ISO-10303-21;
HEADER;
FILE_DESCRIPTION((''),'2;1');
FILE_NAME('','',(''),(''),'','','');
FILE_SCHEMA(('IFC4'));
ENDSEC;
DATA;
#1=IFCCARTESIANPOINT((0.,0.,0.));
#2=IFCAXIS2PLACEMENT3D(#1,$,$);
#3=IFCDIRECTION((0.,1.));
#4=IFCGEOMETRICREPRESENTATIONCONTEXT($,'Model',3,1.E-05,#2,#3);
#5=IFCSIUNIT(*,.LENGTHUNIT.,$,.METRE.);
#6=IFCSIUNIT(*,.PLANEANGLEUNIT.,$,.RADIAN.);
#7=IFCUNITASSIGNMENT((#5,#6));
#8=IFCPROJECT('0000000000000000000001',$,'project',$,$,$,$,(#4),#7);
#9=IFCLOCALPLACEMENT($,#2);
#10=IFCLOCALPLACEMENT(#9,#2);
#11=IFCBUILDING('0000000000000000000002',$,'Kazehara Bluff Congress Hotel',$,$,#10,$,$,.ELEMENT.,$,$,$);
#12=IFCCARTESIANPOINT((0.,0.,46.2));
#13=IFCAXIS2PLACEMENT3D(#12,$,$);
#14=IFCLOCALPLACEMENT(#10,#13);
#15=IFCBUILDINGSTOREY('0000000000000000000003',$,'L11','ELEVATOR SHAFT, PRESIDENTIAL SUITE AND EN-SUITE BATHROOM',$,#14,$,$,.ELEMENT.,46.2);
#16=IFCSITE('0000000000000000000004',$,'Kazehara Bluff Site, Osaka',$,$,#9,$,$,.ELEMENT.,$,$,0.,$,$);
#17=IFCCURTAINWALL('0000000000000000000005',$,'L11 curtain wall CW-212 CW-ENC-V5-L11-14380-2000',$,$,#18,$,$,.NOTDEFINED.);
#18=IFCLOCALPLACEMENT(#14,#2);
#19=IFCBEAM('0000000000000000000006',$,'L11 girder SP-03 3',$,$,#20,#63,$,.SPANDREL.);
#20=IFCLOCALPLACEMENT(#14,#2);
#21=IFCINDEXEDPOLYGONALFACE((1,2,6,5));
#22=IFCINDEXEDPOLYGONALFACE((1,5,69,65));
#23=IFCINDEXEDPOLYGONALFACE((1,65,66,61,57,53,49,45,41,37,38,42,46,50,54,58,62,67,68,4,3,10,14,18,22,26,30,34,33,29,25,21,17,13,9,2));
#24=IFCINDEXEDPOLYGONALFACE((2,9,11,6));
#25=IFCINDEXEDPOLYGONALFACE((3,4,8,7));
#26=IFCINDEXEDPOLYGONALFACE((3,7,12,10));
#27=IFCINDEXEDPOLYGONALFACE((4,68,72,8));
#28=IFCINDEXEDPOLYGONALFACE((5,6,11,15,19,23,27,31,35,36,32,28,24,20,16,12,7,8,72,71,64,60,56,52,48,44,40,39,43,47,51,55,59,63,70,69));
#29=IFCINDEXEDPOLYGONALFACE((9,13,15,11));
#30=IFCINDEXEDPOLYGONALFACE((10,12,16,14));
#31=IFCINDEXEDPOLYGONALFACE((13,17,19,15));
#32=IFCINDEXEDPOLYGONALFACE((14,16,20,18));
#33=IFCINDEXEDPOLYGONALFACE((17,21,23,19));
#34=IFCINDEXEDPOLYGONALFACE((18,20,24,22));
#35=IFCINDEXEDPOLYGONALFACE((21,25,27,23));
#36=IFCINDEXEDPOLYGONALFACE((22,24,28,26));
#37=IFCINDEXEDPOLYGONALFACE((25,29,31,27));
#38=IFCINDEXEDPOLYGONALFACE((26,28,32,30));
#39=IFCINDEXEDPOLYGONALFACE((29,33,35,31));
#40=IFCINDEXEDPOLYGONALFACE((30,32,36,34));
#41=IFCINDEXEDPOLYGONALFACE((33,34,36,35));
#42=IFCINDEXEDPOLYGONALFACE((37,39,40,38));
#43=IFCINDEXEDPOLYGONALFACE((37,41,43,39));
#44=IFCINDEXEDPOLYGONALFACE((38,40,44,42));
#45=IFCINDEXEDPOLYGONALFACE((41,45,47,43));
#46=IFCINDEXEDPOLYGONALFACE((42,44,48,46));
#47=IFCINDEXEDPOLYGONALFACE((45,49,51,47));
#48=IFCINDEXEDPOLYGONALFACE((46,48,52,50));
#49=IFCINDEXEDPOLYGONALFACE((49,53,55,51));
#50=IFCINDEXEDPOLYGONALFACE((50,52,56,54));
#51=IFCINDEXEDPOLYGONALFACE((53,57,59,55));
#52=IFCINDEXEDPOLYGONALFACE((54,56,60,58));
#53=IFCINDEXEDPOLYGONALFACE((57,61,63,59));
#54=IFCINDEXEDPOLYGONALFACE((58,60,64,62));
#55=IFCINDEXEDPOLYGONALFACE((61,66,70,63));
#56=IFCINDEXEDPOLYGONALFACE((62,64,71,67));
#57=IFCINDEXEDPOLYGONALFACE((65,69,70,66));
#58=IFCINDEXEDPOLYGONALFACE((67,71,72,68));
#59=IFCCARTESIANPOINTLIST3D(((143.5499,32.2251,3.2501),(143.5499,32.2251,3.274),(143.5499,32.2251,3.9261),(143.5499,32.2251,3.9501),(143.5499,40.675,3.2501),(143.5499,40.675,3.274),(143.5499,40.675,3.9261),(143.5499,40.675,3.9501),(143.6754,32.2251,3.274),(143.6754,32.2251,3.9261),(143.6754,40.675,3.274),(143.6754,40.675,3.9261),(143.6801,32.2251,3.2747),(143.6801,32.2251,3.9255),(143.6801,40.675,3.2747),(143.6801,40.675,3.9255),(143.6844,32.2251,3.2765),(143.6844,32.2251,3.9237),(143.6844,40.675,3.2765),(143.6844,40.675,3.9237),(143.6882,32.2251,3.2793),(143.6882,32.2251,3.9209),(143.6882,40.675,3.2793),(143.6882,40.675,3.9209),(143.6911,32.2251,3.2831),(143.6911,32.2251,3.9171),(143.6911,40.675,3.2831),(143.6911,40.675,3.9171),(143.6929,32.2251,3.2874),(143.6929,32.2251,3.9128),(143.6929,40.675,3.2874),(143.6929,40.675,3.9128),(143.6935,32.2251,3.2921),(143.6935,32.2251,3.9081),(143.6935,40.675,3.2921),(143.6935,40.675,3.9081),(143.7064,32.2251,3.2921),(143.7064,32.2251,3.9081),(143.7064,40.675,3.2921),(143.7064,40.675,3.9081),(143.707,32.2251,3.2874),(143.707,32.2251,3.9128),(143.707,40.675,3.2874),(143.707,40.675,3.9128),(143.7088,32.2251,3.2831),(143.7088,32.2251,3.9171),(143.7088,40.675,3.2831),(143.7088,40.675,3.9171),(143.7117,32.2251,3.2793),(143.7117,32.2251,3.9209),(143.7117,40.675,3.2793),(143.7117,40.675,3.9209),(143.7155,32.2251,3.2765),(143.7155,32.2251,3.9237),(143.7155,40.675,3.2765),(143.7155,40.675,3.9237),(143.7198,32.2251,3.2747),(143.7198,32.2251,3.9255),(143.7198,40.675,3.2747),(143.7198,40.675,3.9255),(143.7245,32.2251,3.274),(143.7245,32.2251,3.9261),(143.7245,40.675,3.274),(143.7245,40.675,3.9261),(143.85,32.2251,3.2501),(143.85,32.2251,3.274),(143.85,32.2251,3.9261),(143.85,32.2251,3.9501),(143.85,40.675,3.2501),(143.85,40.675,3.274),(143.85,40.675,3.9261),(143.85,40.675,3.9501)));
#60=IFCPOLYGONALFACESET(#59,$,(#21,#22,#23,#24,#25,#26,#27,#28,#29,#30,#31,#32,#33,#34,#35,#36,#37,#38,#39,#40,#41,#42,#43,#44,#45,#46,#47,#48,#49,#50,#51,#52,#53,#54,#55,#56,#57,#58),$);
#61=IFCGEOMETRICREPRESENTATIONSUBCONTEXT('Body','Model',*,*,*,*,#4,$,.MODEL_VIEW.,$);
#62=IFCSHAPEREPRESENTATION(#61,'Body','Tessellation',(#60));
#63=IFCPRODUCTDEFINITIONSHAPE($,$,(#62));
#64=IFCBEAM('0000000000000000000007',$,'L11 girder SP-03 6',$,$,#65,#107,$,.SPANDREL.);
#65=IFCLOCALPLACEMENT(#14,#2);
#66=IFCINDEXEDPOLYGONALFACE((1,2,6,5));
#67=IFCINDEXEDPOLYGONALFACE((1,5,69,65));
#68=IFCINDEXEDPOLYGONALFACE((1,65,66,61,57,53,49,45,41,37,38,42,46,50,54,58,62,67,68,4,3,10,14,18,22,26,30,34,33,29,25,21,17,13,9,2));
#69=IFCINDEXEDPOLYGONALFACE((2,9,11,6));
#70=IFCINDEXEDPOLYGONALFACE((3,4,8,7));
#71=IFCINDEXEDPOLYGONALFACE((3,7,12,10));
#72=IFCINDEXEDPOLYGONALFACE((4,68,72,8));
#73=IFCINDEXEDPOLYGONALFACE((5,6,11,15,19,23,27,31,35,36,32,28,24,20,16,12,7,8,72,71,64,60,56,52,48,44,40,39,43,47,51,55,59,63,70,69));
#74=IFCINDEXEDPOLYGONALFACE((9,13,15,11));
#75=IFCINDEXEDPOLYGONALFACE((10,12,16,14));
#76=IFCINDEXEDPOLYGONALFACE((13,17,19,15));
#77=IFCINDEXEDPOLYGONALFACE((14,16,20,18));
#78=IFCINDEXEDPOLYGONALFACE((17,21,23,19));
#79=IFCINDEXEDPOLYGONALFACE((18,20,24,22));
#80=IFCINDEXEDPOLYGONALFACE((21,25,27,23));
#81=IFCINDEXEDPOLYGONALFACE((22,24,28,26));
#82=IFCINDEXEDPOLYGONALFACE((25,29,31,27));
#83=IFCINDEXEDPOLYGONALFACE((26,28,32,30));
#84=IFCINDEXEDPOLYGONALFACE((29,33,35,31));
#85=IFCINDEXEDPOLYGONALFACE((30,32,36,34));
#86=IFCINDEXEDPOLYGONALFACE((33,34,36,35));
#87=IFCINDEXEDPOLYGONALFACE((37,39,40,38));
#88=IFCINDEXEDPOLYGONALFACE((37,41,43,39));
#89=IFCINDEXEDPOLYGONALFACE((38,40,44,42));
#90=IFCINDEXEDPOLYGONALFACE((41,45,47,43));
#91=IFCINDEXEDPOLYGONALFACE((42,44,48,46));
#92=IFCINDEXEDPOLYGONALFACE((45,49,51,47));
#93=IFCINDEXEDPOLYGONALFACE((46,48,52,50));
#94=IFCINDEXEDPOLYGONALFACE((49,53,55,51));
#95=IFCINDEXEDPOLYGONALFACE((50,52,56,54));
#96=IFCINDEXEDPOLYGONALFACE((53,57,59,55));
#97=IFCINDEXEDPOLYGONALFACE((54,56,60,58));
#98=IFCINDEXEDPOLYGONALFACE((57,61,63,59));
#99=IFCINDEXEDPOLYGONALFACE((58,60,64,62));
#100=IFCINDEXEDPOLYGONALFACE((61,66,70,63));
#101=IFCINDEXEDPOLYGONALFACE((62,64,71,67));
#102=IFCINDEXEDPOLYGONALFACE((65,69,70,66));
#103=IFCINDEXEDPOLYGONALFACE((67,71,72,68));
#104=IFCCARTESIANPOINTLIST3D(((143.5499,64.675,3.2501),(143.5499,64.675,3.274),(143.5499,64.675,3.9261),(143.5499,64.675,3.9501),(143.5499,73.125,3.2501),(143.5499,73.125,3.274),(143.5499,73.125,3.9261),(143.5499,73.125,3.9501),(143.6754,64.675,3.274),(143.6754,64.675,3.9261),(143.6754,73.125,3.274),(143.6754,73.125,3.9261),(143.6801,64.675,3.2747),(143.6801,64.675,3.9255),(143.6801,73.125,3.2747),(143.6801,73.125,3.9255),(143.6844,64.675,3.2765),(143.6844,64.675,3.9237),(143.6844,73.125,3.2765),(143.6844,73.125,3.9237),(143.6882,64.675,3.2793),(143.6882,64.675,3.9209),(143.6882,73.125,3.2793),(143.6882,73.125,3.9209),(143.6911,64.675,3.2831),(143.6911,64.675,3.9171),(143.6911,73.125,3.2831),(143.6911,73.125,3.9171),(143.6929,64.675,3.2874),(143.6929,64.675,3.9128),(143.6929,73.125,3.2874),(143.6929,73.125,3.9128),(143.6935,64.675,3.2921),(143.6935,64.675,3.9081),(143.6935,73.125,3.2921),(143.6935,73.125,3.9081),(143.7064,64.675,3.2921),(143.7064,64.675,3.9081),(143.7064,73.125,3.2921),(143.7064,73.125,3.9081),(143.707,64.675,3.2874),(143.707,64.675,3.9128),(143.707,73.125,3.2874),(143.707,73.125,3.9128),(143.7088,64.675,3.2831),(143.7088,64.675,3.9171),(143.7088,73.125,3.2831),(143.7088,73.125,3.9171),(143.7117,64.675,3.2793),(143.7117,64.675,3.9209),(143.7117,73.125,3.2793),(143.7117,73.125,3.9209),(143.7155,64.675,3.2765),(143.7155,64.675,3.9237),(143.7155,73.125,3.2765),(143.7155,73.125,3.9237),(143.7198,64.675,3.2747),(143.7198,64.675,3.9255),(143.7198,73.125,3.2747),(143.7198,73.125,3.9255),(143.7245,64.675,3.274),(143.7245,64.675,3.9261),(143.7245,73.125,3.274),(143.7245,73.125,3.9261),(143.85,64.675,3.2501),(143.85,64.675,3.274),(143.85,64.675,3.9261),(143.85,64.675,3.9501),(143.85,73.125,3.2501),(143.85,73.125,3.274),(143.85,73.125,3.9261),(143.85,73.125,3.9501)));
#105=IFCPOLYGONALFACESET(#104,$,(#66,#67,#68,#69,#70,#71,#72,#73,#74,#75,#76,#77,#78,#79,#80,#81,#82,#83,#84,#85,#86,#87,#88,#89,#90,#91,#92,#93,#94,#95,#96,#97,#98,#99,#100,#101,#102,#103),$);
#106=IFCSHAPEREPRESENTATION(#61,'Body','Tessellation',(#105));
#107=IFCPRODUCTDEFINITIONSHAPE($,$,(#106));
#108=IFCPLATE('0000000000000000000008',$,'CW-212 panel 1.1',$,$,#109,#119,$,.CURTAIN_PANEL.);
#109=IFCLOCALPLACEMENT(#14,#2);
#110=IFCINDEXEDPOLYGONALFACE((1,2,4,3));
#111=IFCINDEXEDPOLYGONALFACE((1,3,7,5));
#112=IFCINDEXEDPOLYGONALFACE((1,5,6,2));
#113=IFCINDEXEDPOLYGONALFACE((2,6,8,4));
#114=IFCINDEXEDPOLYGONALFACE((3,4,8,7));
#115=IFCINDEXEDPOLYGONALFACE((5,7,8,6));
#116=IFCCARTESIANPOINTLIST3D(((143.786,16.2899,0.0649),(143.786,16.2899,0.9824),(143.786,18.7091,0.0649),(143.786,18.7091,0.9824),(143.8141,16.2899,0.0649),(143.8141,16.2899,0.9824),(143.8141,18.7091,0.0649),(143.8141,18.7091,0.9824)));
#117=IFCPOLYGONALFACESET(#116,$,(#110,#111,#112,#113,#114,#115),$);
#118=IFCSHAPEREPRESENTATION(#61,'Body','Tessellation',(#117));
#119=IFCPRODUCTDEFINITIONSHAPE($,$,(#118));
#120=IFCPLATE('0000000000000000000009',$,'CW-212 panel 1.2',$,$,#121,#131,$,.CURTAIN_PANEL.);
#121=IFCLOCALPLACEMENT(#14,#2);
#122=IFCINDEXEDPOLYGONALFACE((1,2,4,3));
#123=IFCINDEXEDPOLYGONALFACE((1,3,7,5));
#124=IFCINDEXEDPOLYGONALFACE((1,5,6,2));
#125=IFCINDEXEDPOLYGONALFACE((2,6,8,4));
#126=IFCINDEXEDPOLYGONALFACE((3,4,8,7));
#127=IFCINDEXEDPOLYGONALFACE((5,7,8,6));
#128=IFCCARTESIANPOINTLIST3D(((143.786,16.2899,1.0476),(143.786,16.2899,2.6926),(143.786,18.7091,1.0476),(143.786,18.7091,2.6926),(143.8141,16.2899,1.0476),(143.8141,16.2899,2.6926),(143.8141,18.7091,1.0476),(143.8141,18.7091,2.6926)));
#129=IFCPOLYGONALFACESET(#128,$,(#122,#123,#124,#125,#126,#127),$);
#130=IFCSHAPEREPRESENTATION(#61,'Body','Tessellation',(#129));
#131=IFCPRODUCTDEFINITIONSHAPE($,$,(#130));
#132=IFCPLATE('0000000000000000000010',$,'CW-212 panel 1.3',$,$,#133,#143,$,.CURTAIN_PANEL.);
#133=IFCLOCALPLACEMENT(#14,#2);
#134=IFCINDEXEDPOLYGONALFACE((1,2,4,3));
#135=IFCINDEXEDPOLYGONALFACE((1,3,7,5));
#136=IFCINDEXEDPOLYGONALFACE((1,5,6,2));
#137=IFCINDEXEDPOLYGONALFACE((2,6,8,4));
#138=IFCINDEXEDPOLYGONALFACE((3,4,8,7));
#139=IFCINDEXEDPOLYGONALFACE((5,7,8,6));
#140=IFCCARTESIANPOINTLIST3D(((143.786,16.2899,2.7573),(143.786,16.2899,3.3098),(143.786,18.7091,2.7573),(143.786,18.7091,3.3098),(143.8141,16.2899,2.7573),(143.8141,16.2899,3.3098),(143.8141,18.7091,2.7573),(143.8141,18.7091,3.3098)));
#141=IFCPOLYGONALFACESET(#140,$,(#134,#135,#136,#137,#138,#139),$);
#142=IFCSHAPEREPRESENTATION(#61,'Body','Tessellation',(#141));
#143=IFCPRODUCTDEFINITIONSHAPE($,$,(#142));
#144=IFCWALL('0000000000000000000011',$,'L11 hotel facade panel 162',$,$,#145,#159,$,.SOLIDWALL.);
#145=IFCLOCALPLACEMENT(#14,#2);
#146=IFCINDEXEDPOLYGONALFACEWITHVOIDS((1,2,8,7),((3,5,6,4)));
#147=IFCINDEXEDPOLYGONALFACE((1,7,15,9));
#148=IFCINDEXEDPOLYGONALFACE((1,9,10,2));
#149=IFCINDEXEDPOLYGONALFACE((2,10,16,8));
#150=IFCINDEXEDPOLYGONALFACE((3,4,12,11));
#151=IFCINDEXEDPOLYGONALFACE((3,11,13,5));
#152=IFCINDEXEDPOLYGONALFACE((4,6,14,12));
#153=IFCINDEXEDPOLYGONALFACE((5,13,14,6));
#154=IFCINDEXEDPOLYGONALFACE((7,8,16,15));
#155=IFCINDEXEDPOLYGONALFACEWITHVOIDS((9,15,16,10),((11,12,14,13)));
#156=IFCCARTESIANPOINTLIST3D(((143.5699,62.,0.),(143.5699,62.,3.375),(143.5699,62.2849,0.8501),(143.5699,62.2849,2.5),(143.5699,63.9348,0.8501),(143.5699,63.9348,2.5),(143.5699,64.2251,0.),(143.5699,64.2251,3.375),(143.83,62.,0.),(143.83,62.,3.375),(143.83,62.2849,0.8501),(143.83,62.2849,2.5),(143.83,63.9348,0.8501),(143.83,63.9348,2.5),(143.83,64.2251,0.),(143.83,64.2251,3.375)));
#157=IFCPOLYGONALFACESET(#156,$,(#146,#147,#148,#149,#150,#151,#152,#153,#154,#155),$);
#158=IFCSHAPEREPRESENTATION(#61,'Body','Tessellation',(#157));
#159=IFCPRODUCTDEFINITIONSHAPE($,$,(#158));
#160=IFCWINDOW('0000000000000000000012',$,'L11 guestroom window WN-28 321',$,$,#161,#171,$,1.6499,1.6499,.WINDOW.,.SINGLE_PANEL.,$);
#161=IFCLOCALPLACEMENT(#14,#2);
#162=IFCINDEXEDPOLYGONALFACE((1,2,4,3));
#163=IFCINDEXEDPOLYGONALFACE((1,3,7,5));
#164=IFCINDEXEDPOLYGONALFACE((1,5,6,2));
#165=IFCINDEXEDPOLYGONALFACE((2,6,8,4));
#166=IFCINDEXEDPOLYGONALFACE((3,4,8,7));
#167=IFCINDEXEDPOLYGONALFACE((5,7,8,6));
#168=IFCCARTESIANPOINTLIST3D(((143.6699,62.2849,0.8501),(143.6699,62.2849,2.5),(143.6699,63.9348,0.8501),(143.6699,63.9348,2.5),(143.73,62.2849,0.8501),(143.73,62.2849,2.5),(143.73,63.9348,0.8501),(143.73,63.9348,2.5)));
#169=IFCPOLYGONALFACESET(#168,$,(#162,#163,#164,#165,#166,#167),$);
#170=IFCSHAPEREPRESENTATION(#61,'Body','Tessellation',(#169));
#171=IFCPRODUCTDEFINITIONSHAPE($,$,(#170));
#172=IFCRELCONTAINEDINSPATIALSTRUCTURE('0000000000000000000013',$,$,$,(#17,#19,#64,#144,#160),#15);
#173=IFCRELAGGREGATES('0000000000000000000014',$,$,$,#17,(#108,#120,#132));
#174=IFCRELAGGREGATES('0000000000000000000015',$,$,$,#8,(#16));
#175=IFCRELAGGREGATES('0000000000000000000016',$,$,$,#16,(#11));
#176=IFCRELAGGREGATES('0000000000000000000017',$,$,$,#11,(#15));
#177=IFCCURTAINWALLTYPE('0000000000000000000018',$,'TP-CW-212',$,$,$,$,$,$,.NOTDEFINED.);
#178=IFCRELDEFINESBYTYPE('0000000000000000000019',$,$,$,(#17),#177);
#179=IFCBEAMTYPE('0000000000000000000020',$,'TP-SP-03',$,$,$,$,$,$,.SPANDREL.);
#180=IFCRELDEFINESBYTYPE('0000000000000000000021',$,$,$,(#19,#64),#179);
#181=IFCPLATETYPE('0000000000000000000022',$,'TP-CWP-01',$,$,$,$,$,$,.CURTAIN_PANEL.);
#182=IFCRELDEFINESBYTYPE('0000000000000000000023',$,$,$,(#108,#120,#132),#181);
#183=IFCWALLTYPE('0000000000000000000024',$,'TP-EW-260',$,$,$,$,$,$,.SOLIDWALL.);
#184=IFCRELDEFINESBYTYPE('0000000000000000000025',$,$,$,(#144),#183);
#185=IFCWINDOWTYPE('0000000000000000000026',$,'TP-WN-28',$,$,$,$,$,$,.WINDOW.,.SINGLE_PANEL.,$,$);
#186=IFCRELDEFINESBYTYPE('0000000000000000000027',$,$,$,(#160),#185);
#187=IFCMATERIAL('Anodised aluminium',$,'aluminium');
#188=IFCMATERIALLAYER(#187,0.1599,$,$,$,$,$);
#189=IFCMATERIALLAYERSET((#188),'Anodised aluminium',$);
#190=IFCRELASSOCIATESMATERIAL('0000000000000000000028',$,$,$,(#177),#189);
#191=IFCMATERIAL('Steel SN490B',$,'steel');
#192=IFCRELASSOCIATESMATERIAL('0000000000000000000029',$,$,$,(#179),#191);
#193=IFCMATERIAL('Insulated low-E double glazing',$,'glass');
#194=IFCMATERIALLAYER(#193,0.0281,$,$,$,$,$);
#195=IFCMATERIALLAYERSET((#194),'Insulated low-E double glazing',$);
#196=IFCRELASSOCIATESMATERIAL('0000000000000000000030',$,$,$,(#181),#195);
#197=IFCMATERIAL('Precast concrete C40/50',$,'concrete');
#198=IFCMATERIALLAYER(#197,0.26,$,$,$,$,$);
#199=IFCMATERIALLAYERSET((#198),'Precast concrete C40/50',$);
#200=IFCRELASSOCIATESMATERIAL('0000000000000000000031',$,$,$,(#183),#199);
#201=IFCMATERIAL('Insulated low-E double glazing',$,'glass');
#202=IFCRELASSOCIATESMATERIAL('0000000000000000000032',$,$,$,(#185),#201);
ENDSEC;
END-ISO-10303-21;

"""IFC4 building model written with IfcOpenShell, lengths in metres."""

from ifc_helpers import new_model, si_unit, direction, frame, frame_2d, origin, origin_2d, place, context, subcontext, project, spatial, rectangle, i_section, extrude, material, layer, layer_set, material_profile, profile_set, type_object, element, fill, aggregate, save


model = new_model("IFC4")

# Units and contexts
model_context = context("Model", 3, precision=1e-05, world=origin(), true_north=direction((0.0, 1.0)))
body_context = subcontext(model_context, "Body", "Model", "MODEL_VIEW")
ifc_project = project(units=[si_unit("LENGTHUNIT", "METRE"), si_unit("PLANEANGLEUNIT", "RADIAN")], contexts=[model_context])

# Site, building, storey
site_placement = place(None, origin())
site = spatial("IfcSite", under=ifc_project, at=site_placement, Name="Kazehara Bluff Site, Osaka", CompositionType="ELEMENT", RefElevation=0.0)
building_placement = place(site_placement, origin())
building = spatial("IfcBuilding", under=site, at=building_placement, Name="Kazehara Bluff Congress Hotel", CompositionType="ELEMENT")
storey_placement = place(building_placement, frame((0.0, 0.0, 46.2)))
storey = spatial("IfcBuildingStorey", under=building, at=storey_placement, Name="L11", Description="ELEVATOR SHAFT, PRESIDENTIAL SUITE AND EN-SUITE BATHROOM", CompositionType="ELEMENT", Elevation=46.2)

# Curtain wall
ifc_material_1 = material(Name="Anodised aluminium", Category="aluminium")
ifc_layer_1 = layer(ifc_material_1, 0.1599)
ifc_layer_set_1 = layer_set([ifc_layer_1], Name="Anodised aluminium")
curtain_wall_type = type_object("IfcCurtainWallType", Name="TP-CW-212", PredefinedType="NOTDEFINED", material=ifc_layer_set_1)
curtain_wall_placement = place(storey_placement, origin())
curtain_wall = element("IfcCurtainWall", 1, at=curtain_wall_placement, inside=storey, type_object=curtain_wall_type, Name="L11 curtain wall CW-212 CW-ENC-V5-L11-14380-2000", PredefinedType="NOTDEFINED")

# Beams
ifc_material_2 = material(Name="Steel SN490B", Category="steel")
ifc_material_profile_1 = material_profile(ifc_material_2, i_section(OverallWidth=0.3, OverallDepth=0.7, WebThickness=0.0129, FlangeThickness=0.0239, FilletRadius=0.0181, at=origin_2d()))
ifc_profile_set_1 = profile_set([ifc_material_profile_1], Name="Steel SN490B")
beam_type_1 = type_object("IfcBeamType", Name="TP-SP-03", PredefinedType="SPANDREL", material=ifc_profile_set_1)
for number, where, z_axis, x_axis, name in (
    (2, (143.7, 32.2251, 3.6001), (0.0, 1.0, 0.0), (-1.0, 0.0, 0.0), "L11 girder SP-03 3"),
    (3, (143.7, 64.675, 3.6001), (0.0, 1.0, 0.0), (-1.0, 0.0, 0.0), "L11 girder SP-03 6"),
):
    element("IfcBeam", number, at=place(storey_placement, frame(where, z_axis=z_axis, x_axis=x_axis)), inside=storey, type_object=beam_type_1, Name=name, PredefinedType="SPANDREL", context=body_context, shape_type="SweptSolid", body=[
        extrude(i_section(OverallWidth=0.3, OverallDepth=0.7, WebThickness=0.0129, FlangeThickness=0.0239, FilletRadius=0.0181, at=origin_2d()), origin(), (0.0, 0.0, 1.0), 8.45),
    ])

# Plates
ifc_material_3 = material(Name="Insulated low-E double glazing", Category="glass")
ifc_layer_2 = layer(ifc_material_3, 0.0281)
ifc_layer_set_2 = layer_set([ifc_layer_2], Name="Insulated low-E double glazing")
plate_type = type_object("IfcPlateType", Name="TP-CWP-01", PredefinedType="CURTAIN_PANEL", material=ifc_layer_set_2)
plate_1_placement = place(storey_placement, frame((143.8, 17.4995, 0.0649), z_axis=(0.0, 0.0, 1.0), x_axis=(0.0, 1.0, 0.0)))
plate_1 = element("IfcPlate", 4, at=plate_1_placement, type_object=plate_type, Name="CW-212 panel 1.1", PredefinedType="CURTAIN_PANEL", context=body_context, shape_type="SweptSolid", body=[
    extrude(rectangle(XDim=2.4192, YDim=0.0281, at=origin_2d()), origin(), (0.0, 0.0, 1.0), 0.9175),
])
plate_2_placement = place(storey_placement, frame((143.8, 17.4995, 1.0476), z_axis=(0.0, 0.0, 1.0), x_axis=(0.0, 1.0, 0.0)))
plate_2 = element("IfcPlate", 5, at=plate_2_placement, type_object=plate_type, Name="CW-212 panel 1.2", PredefinedType="CURTAIN_PANEL", context=body_context, shape_type="SweptSolid", body=[
    extrude(rectangle(XDim=2.4192, YDim=0.0281, at=origin_2d()), origin(), (0.0, 0.0, 1.0), 1.645),
])
plate_3_placement = place(storey_placement, frame((143.8, 17.4995, 2.7573), z_axis=(0.0, 0.0, 1.0), x_axis=(0.0, 1.0, 0.0)))
plate_3 = element("IfcPlate", 6, at=plate_3_placement, type_object=plate_type, Name="CW-212 panel 1.3", PredefinedType="CURTAIN_PANEL", context=body_context, shape_type="SweptSolid", body=[
    extrude(rectangle(XDim=2.4192, YDim=0.0281, at=origin_2d()), origin(), (0.0, 0.0, 1.0), 0.5525),
])
aggregate(curtain_wall, [plate_1, plate_2, plate_3])

# Wall, opening, window
ifc_material_4 = material(Name="Precast concrete C40/50", Category="concrete")
ifc_layer_3 = layer(ifc_material_4, 0.26)
ifc_layer_set_3 = layer_set([ifc_layer_3], Name="Precast concrete C40/50")
wall_type = type_object("IfcWallType", Name="TP-EW-260", PredefinedType="SOLIDWALL", material=ifc_layer_set_3)
wall_1_placement = place(storey_placement, frame((143.7, 62.0, 0.0), z_axis=(0.0, 0.0, 1.0), x_axis=(0.0, 1.0, 0.0)))
wall_1 = element("IfcWall", 7, at=wall_1_placement, inside=storey, type_object=wall_type, Name="L11 hotel facade panel 162", PredefinedType="SOLIDWALL", context=body_context, shape_type="SweptSolid", body=[
    extrude(rectangle(XDim=2.2251, YDim=0.26, at=frame_2d((1.1125, 0.0))), origin(), (0.0, 0.0, 1.0), 3.375),
])
opening_1_placement = place(wall_1_placement, frame((0.2849, 0.0, 0.8501)))
opening_1 = element("IfcOpeningElement", 8, at=opening_1_placement, cuts=wall_1, PredefinedType="OPENING", context=body_context, shape_type="SweptSolid", body=[
    extrude(rectangle(XDim=1.6499, YDim=1.6499, at=frame_2d((0.825, 0.825))), frame((0.0, 0.1399, 0.0), z_axis=(0.0, -1.0, 0.0), x_axis=(1.0, 0.0, 0.0)), (0.0, 0.0, 1.0), 0.28),
])
ifc_material_5 = material(Name="Insulated low-E double glazing", Category="glass")
window_type_1 = type_object("IfcWindowType", Name="TP-WN-28", PartitioningType="SINGLE_PANEL", PredefinedType="WINDOW", material=ifc_material_5)
window_1_placement = place(opening_1_placement, origin())
window_1 = element("IfcWindow", 9, at=window_1_placement, inside=storey, type_object=window_type_1, Name="L11 guestroom window WN-28 321", OverallHeight=1.6499, OverallWidth=1.6499, PartitioningType="SINGLE_PANEL", PredefinedType="WINDOW", context=body_context, shape_type="SweptSolid", body=[
    extrude(rectangle(XDim=1.6499, YDim=1.6499, at=frame_2d((0.825, 0.825))), frame((0.0, 0.03, 0.0), z_axis=(0.0, -1.0, 0.0), x_axis=(1.0, 0.0, 0.0)), (0.0, 0.0, 1.0), 0.0601),
])
fill(opening_1, window_1)

save(model, "model.ifc")
